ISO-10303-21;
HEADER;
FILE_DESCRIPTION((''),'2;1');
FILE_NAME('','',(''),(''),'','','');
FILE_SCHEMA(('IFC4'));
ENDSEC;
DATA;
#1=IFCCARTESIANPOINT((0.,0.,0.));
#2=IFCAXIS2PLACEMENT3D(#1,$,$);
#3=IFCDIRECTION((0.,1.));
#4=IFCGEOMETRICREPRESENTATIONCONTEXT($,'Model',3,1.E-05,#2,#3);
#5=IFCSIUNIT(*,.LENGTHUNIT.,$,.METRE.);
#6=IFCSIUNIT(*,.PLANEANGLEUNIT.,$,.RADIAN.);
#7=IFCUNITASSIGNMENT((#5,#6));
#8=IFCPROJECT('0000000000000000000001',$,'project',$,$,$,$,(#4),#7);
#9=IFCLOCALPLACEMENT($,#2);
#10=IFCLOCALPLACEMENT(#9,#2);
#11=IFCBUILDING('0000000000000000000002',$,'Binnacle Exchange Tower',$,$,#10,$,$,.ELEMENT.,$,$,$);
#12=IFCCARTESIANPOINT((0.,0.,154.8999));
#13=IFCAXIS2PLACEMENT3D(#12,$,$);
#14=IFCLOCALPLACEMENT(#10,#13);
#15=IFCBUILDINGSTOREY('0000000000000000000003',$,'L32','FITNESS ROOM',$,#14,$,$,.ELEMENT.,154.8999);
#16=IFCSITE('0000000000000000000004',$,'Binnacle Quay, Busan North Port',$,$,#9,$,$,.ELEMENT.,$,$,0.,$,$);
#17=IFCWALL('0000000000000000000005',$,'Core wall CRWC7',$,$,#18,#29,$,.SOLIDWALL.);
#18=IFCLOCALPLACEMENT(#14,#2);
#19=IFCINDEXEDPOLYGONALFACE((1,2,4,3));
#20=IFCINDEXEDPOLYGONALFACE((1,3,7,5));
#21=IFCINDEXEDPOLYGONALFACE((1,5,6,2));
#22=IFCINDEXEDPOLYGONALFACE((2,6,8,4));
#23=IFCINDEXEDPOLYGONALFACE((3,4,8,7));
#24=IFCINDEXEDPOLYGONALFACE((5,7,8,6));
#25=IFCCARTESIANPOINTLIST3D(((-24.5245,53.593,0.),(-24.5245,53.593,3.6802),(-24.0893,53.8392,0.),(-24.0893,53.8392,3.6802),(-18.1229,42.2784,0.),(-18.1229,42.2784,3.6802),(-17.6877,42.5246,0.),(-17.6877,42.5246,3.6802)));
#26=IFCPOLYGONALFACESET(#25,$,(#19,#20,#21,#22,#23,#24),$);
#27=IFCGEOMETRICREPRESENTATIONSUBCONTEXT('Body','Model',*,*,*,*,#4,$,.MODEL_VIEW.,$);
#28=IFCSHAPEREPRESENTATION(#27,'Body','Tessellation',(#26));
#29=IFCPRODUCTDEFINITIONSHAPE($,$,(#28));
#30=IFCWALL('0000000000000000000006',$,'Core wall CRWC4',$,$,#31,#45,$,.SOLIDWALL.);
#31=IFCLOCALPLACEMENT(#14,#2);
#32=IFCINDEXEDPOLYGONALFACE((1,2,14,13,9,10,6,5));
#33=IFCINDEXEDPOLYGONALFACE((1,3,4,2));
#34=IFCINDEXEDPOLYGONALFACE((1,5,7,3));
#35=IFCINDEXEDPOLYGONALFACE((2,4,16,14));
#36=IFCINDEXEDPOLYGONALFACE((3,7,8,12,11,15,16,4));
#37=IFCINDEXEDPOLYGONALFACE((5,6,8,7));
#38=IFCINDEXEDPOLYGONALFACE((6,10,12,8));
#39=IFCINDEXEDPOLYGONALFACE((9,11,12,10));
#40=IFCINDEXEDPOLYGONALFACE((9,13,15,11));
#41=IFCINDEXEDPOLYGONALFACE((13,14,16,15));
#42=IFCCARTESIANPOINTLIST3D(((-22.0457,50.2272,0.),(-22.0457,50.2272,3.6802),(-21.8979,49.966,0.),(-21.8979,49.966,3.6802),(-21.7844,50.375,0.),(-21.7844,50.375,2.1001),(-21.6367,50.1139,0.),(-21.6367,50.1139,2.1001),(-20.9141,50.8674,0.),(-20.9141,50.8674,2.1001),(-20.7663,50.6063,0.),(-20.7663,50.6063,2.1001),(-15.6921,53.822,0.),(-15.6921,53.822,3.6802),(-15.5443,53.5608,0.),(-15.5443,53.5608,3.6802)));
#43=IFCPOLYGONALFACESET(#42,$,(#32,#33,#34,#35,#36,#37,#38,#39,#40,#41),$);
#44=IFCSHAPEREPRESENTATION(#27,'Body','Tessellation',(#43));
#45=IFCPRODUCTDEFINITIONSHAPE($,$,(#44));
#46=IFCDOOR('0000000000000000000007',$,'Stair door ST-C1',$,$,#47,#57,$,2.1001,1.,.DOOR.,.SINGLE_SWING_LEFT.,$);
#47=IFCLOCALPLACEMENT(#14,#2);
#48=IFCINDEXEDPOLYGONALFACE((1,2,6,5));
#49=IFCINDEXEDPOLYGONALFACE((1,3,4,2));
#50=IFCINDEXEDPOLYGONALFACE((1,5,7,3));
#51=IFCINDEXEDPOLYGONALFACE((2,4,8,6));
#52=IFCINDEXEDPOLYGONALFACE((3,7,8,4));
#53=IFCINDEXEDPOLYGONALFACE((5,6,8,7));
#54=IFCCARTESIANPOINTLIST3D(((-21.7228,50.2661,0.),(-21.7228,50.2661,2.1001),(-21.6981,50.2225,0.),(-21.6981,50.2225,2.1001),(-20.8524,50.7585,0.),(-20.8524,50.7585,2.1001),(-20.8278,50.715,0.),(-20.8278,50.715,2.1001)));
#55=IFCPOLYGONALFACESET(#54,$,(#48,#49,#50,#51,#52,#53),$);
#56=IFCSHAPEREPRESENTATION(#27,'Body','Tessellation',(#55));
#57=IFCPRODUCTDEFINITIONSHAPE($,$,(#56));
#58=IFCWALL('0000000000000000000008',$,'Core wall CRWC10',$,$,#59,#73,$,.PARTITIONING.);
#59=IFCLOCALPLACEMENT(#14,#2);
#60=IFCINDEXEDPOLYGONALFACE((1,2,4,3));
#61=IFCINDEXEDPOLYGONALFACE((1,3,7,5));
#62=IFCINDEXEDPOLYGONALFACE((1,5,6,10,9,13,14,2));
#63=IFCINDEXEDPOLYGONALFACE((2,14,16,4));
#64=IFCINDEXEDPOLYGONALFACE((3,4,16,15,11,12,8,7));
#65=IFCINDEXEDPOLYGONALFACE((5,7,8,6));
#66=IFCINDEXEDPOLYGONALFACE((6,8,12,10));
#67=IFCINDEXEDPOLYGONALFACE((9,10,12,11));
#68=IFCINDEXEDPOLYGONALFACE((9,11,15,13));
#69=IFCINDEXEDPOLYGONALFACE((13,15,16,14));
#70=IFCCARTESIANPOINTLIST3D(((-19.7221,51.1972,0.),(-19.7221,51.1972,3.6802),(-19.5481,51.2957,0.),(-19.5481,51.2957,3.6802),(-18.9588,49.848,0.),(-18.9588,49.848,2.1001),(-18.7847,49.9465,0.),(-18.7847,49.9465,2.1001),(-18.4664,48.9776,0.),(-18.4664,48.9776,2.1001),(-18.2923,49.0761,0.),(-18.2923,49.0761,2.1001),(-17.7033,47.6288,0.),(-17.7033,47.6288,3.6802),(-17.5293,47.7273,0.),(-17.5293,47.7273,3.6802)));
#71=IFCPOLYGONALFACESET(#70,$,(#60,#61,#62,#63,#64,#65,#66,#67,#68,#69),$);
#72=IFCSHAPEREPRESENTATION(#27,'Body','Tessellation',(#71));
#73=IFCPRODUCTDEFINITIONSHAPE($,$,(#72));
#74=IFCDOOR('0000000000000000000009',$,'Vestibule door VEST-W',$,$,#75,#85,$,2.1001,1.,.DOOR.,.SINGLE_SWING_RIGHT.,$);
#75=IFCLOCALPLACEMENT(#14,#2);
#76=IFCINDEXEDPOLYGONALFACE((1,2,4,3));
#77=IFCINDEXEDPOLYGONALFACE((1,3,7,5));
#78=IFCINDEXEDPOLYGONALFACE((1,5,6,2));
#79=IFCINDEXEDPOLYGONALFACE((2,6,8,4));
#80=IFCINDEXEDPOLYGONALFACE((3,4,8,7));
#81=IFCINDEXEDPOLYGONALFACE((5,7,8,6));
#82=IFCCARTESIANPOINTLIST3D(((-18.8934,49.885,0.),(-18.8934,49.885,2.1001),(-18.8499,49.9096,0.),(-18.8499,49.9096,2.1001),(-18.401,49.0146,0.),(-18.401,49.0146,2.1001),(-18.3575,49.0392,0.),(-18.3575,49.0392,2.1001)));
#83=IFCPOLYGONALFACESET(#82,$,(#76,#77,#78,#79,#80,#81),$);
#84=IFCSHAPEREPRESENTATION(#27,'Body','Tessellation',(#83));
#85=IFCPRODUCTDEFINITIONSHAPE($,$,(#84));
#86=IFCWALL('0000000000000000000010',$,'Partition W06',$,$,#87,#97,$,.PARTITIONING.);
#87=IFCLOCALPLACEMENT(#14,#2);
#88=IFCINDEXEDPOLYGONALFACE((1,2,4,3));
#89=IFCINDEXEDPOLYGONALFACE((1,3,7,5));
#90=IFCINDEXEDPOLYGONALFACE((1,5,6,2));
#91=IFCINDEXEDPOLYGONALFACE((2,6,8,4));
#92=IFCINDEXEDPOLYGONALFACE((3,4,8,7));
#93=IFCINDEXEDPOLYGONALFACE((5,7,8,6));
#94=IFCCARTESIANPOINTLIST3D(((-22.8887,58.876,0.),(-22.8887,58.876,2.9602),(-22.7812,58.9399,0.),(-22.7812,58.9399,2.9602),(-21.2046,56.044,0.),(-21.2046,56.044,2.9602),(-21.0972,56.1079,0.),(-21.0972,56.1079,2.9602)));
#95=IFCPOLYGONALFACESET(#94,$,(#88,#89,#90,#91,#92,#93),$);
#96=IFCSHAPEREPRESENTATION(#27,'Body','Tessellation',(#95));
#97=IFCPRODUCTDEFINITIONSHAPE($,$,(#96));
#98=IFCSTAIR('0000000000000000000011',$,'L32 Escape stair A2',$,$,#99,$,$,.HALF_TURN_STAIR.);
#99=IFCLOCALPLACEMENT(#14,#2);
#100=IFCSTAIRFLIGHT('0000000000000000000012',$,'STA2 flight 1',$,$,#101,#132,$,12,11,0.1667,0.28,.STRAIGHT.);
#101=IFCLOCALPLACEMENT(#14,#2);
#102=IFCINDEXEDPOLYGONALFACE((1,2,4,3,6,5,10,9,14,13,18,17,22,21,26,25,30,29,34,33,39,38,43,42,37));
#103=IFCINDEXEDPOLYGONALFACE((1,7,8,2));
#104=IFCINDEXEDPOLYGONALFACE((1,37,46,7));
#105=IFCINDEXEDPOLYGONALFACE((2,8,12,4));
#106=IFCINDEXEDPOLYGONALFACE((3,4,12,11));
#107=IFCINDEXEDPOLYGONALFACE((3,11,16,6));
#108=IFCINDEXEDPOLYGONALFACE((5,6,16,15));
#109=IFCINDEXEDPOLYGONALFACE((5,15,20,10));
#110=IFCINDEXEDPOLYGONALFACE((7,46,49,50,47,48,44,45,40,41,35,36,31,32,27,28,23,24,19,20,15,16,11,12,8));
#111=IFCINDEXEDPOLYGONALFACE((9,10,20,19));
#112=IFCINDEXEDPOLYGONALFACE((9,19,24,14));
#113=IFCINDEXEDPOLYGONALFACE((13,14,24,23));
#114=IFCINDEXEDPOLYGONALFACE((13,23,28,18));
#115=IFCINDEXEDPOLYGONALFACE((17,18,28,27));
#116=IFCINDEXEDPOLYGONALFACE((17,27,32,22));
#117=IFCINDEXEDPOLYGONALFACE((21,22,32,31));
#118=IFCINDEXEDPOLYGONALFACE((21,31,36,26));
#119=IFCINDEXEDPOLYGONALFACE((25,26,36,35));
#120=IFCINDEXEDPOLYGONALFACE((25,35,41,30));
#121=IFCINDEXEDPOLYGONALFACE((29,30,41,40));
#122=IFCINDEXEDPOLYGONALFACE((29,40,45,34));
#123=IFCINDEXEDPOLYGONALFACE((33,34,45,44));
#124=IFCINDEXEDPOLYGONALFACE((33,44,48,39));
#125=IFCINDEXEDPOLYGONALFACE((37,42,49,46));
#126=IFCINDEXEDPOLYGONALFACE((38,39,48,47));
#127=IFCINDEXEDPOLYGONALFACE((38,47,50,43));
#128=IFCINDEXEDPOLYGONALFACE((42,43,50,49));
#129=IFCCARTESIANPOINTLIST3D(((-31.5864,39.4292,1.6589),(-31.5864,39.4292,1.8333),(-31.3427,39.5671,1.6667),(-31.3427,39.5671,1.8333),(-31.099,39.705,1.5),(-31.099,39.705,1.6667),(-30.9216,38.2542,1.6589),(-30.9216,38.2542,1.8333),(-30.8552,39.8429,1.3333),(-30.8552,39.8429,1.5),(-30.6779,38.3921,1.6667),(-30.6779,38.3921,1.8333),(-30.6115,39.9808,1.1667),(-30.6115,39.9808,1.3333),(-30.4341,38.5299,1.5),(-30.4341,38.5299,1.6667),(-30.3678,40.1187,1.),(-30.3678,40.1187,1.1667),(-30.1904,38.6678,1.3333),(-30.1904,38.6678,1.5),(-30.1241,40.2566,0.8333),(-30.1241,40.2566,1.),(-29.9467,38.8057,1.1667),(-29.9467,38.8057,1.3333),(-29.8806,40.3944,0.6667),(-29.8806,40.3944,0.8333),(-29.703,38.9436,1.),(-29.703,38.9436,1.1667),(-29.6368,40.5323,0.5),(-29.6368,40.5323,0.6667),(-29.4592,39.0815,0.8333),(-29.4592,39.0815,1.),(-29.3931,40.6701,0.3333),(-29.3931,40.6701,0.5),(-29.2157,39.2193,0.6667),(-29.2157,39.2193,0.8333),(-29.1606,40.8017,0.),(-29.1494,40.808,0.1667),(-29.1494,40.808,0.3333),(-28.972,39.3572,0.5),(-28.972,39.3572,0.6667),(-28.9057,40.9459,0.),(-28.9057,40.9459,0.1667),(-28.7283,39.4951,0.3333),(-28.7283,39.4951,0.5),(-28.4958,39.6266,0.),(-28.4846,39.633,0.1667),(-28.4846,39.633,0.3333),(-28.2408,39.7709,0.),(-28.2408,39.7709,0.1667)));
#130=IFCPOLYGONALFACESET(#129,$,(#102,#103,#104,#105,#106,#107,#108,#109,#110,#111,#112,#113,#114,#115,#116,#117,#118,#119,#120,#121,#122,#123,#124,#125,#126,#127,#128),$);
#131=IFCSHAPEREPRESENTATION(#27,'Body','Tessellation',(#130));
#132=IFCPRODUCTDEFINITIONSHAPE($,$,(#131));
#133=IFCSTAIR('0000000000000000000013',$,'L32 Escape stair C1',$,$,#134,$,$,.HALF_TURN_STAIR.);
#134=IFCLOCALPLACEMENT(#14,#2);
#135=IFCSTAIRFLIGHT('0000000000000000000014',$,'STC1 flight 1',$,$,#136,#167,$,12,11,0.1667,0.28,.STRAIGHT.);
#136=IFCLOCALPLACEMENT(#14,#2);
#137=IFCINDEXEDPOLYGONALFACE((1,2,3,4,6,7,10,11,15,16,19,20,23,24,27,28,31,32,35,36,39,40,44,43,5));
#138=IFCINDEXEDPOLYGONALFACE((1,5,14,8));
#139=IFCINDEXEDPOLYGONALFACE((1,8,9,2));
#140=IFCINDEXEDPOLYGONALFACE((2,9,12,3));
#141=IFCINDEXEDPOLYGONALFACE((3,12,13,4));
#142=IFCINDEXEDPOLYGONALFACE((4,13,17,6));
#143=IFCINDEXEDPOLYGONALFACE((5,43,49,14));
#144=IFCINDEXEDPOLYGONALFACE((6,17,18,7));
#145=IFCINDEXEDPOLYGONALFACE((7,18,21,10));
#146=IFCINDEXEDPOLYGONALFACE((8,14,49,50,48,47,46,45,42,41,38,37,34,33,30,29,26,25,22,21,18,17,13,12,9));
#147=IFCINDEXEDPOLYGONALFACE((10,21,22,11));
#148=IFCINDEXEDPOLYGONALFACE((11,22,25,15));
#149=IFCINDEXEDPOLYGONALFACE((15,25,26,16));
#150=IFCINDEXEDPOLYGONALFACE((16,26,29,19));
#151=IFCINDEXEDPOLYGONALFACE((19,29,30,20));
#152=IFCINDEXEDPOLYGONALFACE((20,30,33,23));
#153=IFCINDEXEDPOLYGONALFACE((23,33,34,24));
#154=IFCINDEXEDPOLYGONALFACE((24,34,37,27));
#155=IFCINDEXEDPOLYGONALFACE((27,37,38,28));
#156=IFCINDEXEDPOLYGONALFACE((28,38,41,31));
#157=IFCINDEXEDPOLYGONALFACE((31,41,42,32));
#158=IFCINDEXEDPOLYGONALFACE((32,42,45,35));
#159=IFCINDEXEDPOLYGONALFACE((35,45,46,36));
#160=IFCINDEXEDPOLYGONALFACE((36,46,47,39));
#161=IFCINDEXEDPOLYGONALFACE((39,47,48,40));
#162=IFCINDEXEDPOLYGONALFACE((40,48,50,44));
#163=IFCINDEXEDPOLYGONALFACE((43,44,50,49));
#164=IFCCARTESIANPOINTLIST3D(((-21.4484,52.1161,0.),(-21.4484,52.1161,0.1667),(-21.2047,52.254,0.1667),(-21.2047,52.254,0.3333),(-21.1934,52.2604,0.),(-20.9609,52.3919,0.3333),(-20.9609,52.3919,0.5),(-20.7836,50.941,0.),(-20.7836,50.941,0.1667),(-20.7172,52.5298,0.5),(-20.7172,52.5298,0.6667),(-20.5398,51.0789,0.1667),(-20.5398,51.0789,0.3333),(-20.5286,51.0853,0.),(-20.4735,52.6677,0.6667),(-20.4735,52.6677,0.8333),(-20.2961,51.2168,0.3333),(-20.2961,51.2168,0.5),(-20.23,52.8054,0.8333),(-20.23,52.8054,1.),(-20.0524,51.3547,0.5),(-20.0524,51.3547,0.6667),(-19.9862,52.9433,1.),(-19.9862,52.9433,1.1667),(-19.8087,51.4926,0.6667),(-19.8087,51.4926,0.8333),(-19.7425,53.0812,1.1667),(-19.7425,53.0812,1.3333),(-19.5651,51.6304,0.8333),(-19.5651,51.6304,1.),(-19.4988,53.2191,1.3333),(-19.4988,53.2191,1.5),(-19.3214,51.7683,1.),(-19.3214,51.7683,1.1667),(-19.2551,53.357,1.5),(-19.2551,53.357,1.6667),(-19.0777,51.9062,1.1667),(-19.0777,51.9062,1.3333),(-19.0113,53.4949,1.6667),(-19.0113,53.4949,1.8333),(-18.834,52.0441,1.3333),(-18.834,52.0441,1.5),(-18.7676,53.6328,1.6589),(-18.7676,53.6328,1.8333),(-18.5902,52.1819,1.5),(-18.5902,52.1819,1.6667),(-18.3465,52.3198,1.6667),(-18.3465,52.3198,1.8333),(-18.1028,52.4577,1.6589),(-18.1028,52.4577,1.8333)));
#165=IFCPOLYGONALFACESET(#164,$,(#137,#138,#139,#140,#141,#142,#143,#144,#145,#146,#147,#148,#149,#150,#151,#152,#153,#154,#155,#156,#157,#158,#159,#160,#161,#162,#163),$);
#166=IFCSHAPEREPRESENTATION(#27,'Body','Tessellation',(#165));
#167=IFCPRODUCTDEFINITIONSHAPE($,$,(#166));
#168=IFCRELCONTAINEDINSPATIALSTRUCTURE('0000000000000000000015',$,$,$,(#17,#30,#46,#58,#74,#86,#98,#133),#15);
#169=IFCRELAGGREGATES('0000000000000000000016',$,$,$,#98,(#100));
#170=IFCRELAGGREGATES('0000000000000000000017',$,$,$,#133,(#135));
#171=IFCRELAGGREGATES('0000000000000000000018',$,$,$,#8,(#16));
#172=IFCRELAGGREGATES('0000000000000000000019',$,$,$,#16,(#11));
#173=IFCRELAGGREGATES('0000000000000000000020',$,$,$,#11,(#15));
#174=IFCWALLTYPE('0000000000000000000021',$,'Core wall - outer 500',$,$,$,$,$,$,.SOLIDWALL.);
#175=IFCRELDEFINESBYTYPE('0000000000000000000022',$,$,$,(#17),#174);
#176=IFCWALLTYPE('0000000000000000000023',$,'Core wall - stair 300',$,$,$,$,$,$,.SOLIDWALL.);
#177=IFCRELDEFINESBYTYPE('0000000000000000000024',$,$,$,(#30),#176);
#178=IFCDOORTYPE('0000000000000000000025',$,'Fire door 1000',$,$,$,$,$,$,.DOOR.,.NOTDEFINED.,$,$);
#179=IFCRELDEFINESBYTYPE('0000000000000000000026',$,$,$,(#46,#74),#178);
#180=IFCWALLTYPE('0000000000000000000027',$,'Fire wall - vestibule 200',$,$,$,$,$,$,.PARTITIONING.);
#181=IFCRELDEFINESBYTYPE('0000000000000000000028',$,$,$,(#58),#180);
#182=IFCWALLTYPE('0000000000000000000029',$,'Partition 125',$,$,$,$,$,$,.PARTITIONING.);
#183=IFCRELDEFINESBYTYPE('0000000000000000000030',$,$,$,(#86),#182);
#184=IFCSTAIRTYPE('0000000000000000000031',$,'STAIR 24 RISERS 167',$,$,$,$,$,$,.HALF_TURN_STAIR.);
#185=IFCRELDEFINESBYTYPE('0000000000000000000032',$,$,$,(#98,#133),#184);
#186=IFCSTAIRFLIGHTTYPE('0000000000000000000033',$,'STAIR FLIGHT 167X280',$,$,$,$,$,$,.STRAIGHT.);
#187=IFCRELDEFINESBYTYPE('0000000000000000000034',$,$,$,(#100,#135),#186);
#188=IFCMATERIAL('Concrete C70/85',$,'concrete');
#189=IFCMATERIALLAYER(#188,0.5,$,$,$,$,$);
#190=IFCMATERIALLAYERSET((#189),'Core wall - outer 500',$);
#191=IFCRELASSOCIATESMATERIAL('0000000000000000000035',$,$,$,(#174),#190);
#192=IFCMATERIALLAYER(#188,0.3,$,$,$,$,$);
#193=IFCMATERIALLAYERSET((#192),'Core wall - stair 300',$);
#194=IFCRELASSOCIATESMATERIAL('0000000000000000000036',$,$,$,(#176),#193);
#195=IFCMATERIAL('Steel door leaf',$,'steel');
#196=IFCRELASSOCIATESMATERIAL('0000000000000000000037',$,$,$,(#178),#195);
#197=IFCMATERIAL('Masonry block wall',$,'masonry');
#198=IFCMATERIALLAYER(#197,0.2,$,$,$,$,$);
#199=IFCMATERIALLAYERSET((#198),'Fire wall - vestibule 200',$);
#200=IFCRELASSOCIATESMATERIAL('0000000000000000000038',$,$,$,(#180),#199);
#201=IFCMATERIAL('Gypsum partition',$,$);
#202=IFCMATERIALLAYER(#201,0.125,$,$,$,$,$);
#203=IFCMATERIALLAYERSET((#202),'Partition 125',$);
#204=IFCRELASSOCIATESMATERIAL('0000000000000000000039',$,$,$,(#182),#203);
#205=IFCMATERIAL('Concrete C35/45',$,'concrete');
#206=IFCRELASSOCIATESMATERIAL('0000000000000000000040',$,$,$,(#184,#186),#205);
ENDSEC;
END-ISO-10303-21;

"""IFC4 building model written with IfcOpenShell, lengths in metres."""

from ifc_helpers import new_model, si_unit, direction, frame, frame_2d, origin, place, context, subcontext, project, spatial, polyline, rectangle, outline, extrude, material, layer, layer_set, type_object, element, fill, aggregate, save


model = new_model("IFC4")

# Units and contexts
model_context = context("Model", 3, precision=1e-05, world=origin(), true_north=direction((0.0, 1.0)))
body_context = subcontext(model_context, "Body", "Model", "MODEL_VIEW")
ifc_project = project(units=[si_unit("LENGTHUNIT", "METRE"), si_unit("PLANEANGLEUNIT", "RADIAN")], contexts=[model_context])

# Site, building, storey
site_placement = place(None, origin())
site = spatial("IfcSite", under=ifc_project, at=site_placement, Name="Binnacle Quay, Busan North Port", CompositionType="ELEMENT", RefElevation=0.0)
building_placement = place(site_placement, origin())
building = spatial("IfcBuilding", under=site, at=building_placement, Name="Binnacle Exchange Tower", CompositionType="ELEMENT")
storey_placement = place(building_placement, frame((0.0, 0.0, 154.8999)))
storey = spatial("IfcBuildingStorey", under=building, at=storey_placement, Name="L32", Description="FITNESS ROOM", CompositionType="ELEMENT", Elevation=154.8999)

# Shared definitions
ifc_material_1 = material(Name="Concrete C70/85", Category="concrete")

# Shared definitions
ifc_material_2 = material(Name="Steel door leaf", Category="steel")

# Wall
ifc_layer_1 = layer(ifc_material_1, 0.5)
ifc_layer_set_1 = layer_set([ifc_layer_1], Name="Core wall - outer 500")
wall_type_1 = type_object("IfcWallType", Name="Core wall - outer 500", PredefinedType="SOLIDWALL", material=ifc_layer_set_1)
wall_1_placement = place(storey_placement, frame((-24.3069, 53.7161, 0.0), z_axis=(0.0, 0.0, 1.0), x_axis=(0.492427, -0.870354, 0.0)))
element("IfcWall", 1, at=wall_1_placement, inside=storey, type_object=wall_type_1, Name="Core wall CRWC7", PredefinedType="SOLIDWALL", context=body_context, shape_type="SweptSolid", body=[
    extrude(rectangle(XDim=13.0, YDim=0.5, at=frame_2d((6.5, 0.0))), origin(), (0.0, 0.0, 1.0), 3.6802),
])

# Walls, openings, doors
ifc_layer_2 = layer(ifc_material_1, 0.3)
ifc_layer_set_2 = layer_set([ifc_layer_2], Name="Core wall - stair 300")
wall_type_2 = type_object("IfcWallType", Name="Core wall - stair 300", PredefinedType="SOLIDWALL", material=ifc_layer_set_2)
wall_2_placement = place(storey_placement, frame((-21.9717, 50.0967, 0.0), z_axis=(0.0, 0.0, 1.0), x_axis=(0.870351, 0.492432, 0.0)))
wall_2 = element("IfcWall", 2, at=wall_2_placement, inside=storey, type_object=wall_type_2, Name="Core wall CRWC4", PredefinedType="SOLIDWALL", context=body_context, shape_type="SweptSolid", body=[
    extrude(rectangle(XDim=7.3, YDim=0.3, at=frame_2d((3.6499, 0.0))), origin(), (0.0, 0.0, 1.0), 3.6802),
])
opening_1_placement = place(wall_2_placement, frame((0.3, 0.0, 0.0)))
opening_1 = element("IfcOpeningElement", 3, at=opening_1_placement, cuts=wall_2, PredefinedType="OPENING", context=body_context, shape_type="SweptSolid", body=[
    extrude(rectangle(XDim=1.0, YDim=2.1001, at=frame_2d((0.5, 1.05))), frame((0.0, 0.1599, 0.0), z_axis=(0.0, -1.0, 0.0), x_axis=(1.0, 0.0, 0.0)), (0.0, 0.0, 1.0), 0.3201),
])
door_type_1 = type_object("IfcDoorType", Name="Fire door 1000", OperationType="NOTDEFINED", PredefinedType="DOOR", material=ifc_material_2)
door_1_placement = place(opening_1_placement, origin())
door_1 = element("IfcDoor", 4, at=door_1_placement, inside=storey, type_object=door_type_1, Name="Stair door ST-C1", OperationType="SINGLE_SWING_LEFT", OverallHeight=2.1001, OverallWidth=1.0, PredefinedType="DOOR", context=body_context, shape_type="SweptSolid", body=[
    extrude(rectangle(XDim=1.0, YDim=2.1001, at=frame_2d((0.5, 1.05))), frame((0.0, 0.0249, 0.0), z_axis=(0.0, -1.0, 0.0), x_axis=(1.0, 0.0, 0.0)), (0.0, 0.0, 1.0), 0.05),
])
fill(opening_1, door_1)
ifc_material_3 = material(Name="Masonry block wall", Category="masonry")
ifc_layer_3 = layer(ifc_material_3, 0.2)
ifc_layer_set_3 = layer_set([ifc_layer_3], Name="Fire wall - vestibule 200")
wall_type_3 = type_object("IfcWallType", Name="Fire wall - vestibule 200", PredefinedType="PARTITIONING", material=ifc_layer_set_3)
wall_3_placement = place(storey_placement, frame((-19.635, 51.2463, 0.0), z_axis=(0.0, 0.0, 1.0), x_axis=(0.492408, -0.870364, 0.0)))
wall_3 = element("IfcWall", 5, at=wall_3_placement, inside=storey, type_object=wall_type_3, Name="Core wall CRWC10", PredefinedType="PARTITIONING", context=body_context, shape_type="SweptSolid", body=[
    extrude(rectangle(XDim=4.0999, YDim=0.2, at=frame_2d((2.0498, 0.0))), origin(), (0.0, 0.0, 1.0), 3.6802),
])
opening_2_placement = place(wall_3_placement, frame((1.55, 0.0, 0.0)))
opening_2 = element("IfcOpeningElement", 6, at=opening_2_placement, cuts=wall_3, PredefinedType="OPENING", context=body_context, shape_type="SweptSolid", body=[
    extrude(rectangle(XDim=1.0, YDim=2.1001, at=frame_2d((0.5, 1.05))), frame((0.0, 0.1099, 0.0), z_axis=(0.0, -1.0, 0.0), x_axis=(1.0, 0.0, 0.0)), (0.0, 0.0, 1.0), 0.22),
])
door_2_placement = place(opening_2_placement, frame((1.0, 0.0, 0.0), z_axis=(0.0, 0.0, 1.0), x_axis=(-1.0, 0.0, 0.0)))
door_2 = element("IfcDoor", 7, at=door_2_placement, inside=storey, type_object=door_type_1, Name="Vestibule door VEST-W", OperationType="SINGLE_SWING_RIGHT", OverallHeight=2.1001, OverallWidth=1.0, PredefinedType="DOOR", context=body_context, shape_type="SweptSolid", body=[
    extrude(rectangle(XDim=1.0, YDim=2.1001, at=frame_2d((0.5, 1.05))), frame((0.0, 0.0249, 0.0), z_axis=(0.0, -1.0, 0.0), x_axis=(1.0, 0.0, 0.0)), (0.0, 0.0, 1.0), 0.05),
])
fill(opening_2, door_2)

# Wall
ifc_material_4 = material(Name="Gypsum partition")
ifc_layer_4 = layer(ifc_material_4, 0.125)
ifc_layer_set_4 = layer_set([ifc_layer_4], Name="Partition 125")
wall_type_4 = type_object("IfcWallType", Name="Partition 125", PredefinedType="PARTITIONING", material=ifc_layer_set_4)
wall_4_placement = place(storey_placement, frame((-22.835, 58.908, 0.0), z_axis=(0.0, 0.0, 1.0), x_axis=(0.511114, -0.859513, 0.0)))
element("IfcWall", 8, at=wall_4_placement, inside=storey, type_object=wall_type_4, Name="Partition W06", PredefinedType="PARTITIONING", context=body_context, shape_type="SweptSolid", body=[
    extrude(rectangle(XDim=3.2949, YDim=0.125, at=frame_2d((1.6475, 0.0))), origin(), (0.0, 0.0, 1.0), 2.9602),
])

# Stair, stair flight
ifc_material_5 = material(Name="Concrete C35/45", Category="concrete")
stair_type = type_object("IfcStairType", Name="STAIR 24 RISERS 167", PredefinedType="HALF_TURN_STAIR", material=ifc_material_5)
stair_1_placement = place(storey_placement, origin())
stair_1 = element("IfcStair", 9, at=stair_1_placement, inside=storey, type_object=stair_type, Name="L32 Escape stair A2", PredefinedType="HALF_TURN_STAIR")
stair_flight_type = type_object("IfcStairFlightType", Name="STAIR FLIGHT 167X280", PredefinedType="STRAIGHT", material=ifc_material_5)
stair_flight_1_placement = place(storey_placement, frame((-28.5732, 40.3584, 0.0), z_axis=(0.0, 0.0, 1.0), x_axis=(-0.870356, -0.492424, 0.0)))
stair_flight_1 = element("IfcStairFlight", 10, at=stair_flight_1_placement, type_object=stair_flight_type, Name="STA2 flight 1", NumberOfRisers=12, NumberOfTreads=11, PredefinedType="STRAIGHT", RiserHeight=0.1667, TreadLength=0.28, context=body_context, shape_type="SweptSolid", body=[
    extrude(outline(polyline([(0.0, 0.0), (0.0, 0.1667), (0.28, 0.1667), (0.28, 0.3333), (0.5601, 0.3333), (0.5601, 0.5), (0.8401, 0.5), (0.8401, 0.6667), (1.1201, 0.6667), (1.1201, 0.8333), (1.3999, 0.8333), (1.3999, 1.0), (1.6799, 1.0), (1.6799, 1.1667), (1.96, 1.1667), (1.96, 1.3333), (2.24, 1.3333), (2.24, 1.5), (2.52, 1.5), (2.52, 1.6667), (2.8, 1.6667), (2.8, 1.8333), (3.0801, 1.8333), (3.0801, 2.0), (3.0801, 1.6589), (0.293, 0.0), (0.0, 0.0)])), frame((0.0, 0.675, 0.0), z_axis=(0.0, -1.0, 0.0), x_axis=(1.0, 0.0, 0.0)), (0.0, 0.0, 1.0), 1.3501),
])
aggregate(stair_1, [stair_flight_1])

# Stair, stair flight
stair_2_placement = place(storey_placement, origin())
stair_2 = element("IfcStair", 11, at=stair_2_placement, inside=storey, type_object=stair_type, Name="L32 Escape stair C1", PredefinedType="HALF_TURN_STAIR")
stair_flight_2_placement = place(storey_placement, frame((-21.116, 51.5286, 0.0), z_axis=(0.0, 0.0, 1.0), x_axis=(0.870356, 0.492424, 0.0)))
stair_flight_2 = element("IfcStairFlight", 12, at=stair_flight_2_placement, type_object=stair_flight_type, Name="STC1 flight 1", NumberOfRisers=12, NumberOfTreads=11, PredefinedType="STRAIGHT", RiserHeight=0.1667, TreadLength=0.28, context=body_context, shape_type="SweptSolid", body=[
    extrude(outline(polyline([(0.0, 0.0), (0.0, 0.1667), (0.28, 0.1667), (0.28, 0.3333), (0.5601, 0.3333), (0.5601, 0.5), (0.8401, 0.5), (0.8401, 0.6667), (1.1201, 0.6667), (1.1201, 0.8333), (1.3999, 0.8333), (1.3999, 1.0), (1.6799, 1.0), (1.6799, 1.1667), (1.96, 1.1667), (1.96, 1.3333), (2.24, 1.3333), (2.24, 1.5), (2.52, 1.5), (2.52, 1.6667), (2.8, 1.6667), (2.8, 1.8333), (3.0801, 1.8333), (3.0801, 2.0), (3.0801, 1.6589), (0.293, 0.0), (0.0, 0.0)])), frame((0.0, 0.675, 0.0), z_axis=(0.0, -1.0, 0.0), x_axis=(1.0, 0.0, 0.0)), (0.0, 0.0, 1.0), 1.3501),
])
aggregate(stair_2, [stair_flight_2])

save(model, "model.ifc")
